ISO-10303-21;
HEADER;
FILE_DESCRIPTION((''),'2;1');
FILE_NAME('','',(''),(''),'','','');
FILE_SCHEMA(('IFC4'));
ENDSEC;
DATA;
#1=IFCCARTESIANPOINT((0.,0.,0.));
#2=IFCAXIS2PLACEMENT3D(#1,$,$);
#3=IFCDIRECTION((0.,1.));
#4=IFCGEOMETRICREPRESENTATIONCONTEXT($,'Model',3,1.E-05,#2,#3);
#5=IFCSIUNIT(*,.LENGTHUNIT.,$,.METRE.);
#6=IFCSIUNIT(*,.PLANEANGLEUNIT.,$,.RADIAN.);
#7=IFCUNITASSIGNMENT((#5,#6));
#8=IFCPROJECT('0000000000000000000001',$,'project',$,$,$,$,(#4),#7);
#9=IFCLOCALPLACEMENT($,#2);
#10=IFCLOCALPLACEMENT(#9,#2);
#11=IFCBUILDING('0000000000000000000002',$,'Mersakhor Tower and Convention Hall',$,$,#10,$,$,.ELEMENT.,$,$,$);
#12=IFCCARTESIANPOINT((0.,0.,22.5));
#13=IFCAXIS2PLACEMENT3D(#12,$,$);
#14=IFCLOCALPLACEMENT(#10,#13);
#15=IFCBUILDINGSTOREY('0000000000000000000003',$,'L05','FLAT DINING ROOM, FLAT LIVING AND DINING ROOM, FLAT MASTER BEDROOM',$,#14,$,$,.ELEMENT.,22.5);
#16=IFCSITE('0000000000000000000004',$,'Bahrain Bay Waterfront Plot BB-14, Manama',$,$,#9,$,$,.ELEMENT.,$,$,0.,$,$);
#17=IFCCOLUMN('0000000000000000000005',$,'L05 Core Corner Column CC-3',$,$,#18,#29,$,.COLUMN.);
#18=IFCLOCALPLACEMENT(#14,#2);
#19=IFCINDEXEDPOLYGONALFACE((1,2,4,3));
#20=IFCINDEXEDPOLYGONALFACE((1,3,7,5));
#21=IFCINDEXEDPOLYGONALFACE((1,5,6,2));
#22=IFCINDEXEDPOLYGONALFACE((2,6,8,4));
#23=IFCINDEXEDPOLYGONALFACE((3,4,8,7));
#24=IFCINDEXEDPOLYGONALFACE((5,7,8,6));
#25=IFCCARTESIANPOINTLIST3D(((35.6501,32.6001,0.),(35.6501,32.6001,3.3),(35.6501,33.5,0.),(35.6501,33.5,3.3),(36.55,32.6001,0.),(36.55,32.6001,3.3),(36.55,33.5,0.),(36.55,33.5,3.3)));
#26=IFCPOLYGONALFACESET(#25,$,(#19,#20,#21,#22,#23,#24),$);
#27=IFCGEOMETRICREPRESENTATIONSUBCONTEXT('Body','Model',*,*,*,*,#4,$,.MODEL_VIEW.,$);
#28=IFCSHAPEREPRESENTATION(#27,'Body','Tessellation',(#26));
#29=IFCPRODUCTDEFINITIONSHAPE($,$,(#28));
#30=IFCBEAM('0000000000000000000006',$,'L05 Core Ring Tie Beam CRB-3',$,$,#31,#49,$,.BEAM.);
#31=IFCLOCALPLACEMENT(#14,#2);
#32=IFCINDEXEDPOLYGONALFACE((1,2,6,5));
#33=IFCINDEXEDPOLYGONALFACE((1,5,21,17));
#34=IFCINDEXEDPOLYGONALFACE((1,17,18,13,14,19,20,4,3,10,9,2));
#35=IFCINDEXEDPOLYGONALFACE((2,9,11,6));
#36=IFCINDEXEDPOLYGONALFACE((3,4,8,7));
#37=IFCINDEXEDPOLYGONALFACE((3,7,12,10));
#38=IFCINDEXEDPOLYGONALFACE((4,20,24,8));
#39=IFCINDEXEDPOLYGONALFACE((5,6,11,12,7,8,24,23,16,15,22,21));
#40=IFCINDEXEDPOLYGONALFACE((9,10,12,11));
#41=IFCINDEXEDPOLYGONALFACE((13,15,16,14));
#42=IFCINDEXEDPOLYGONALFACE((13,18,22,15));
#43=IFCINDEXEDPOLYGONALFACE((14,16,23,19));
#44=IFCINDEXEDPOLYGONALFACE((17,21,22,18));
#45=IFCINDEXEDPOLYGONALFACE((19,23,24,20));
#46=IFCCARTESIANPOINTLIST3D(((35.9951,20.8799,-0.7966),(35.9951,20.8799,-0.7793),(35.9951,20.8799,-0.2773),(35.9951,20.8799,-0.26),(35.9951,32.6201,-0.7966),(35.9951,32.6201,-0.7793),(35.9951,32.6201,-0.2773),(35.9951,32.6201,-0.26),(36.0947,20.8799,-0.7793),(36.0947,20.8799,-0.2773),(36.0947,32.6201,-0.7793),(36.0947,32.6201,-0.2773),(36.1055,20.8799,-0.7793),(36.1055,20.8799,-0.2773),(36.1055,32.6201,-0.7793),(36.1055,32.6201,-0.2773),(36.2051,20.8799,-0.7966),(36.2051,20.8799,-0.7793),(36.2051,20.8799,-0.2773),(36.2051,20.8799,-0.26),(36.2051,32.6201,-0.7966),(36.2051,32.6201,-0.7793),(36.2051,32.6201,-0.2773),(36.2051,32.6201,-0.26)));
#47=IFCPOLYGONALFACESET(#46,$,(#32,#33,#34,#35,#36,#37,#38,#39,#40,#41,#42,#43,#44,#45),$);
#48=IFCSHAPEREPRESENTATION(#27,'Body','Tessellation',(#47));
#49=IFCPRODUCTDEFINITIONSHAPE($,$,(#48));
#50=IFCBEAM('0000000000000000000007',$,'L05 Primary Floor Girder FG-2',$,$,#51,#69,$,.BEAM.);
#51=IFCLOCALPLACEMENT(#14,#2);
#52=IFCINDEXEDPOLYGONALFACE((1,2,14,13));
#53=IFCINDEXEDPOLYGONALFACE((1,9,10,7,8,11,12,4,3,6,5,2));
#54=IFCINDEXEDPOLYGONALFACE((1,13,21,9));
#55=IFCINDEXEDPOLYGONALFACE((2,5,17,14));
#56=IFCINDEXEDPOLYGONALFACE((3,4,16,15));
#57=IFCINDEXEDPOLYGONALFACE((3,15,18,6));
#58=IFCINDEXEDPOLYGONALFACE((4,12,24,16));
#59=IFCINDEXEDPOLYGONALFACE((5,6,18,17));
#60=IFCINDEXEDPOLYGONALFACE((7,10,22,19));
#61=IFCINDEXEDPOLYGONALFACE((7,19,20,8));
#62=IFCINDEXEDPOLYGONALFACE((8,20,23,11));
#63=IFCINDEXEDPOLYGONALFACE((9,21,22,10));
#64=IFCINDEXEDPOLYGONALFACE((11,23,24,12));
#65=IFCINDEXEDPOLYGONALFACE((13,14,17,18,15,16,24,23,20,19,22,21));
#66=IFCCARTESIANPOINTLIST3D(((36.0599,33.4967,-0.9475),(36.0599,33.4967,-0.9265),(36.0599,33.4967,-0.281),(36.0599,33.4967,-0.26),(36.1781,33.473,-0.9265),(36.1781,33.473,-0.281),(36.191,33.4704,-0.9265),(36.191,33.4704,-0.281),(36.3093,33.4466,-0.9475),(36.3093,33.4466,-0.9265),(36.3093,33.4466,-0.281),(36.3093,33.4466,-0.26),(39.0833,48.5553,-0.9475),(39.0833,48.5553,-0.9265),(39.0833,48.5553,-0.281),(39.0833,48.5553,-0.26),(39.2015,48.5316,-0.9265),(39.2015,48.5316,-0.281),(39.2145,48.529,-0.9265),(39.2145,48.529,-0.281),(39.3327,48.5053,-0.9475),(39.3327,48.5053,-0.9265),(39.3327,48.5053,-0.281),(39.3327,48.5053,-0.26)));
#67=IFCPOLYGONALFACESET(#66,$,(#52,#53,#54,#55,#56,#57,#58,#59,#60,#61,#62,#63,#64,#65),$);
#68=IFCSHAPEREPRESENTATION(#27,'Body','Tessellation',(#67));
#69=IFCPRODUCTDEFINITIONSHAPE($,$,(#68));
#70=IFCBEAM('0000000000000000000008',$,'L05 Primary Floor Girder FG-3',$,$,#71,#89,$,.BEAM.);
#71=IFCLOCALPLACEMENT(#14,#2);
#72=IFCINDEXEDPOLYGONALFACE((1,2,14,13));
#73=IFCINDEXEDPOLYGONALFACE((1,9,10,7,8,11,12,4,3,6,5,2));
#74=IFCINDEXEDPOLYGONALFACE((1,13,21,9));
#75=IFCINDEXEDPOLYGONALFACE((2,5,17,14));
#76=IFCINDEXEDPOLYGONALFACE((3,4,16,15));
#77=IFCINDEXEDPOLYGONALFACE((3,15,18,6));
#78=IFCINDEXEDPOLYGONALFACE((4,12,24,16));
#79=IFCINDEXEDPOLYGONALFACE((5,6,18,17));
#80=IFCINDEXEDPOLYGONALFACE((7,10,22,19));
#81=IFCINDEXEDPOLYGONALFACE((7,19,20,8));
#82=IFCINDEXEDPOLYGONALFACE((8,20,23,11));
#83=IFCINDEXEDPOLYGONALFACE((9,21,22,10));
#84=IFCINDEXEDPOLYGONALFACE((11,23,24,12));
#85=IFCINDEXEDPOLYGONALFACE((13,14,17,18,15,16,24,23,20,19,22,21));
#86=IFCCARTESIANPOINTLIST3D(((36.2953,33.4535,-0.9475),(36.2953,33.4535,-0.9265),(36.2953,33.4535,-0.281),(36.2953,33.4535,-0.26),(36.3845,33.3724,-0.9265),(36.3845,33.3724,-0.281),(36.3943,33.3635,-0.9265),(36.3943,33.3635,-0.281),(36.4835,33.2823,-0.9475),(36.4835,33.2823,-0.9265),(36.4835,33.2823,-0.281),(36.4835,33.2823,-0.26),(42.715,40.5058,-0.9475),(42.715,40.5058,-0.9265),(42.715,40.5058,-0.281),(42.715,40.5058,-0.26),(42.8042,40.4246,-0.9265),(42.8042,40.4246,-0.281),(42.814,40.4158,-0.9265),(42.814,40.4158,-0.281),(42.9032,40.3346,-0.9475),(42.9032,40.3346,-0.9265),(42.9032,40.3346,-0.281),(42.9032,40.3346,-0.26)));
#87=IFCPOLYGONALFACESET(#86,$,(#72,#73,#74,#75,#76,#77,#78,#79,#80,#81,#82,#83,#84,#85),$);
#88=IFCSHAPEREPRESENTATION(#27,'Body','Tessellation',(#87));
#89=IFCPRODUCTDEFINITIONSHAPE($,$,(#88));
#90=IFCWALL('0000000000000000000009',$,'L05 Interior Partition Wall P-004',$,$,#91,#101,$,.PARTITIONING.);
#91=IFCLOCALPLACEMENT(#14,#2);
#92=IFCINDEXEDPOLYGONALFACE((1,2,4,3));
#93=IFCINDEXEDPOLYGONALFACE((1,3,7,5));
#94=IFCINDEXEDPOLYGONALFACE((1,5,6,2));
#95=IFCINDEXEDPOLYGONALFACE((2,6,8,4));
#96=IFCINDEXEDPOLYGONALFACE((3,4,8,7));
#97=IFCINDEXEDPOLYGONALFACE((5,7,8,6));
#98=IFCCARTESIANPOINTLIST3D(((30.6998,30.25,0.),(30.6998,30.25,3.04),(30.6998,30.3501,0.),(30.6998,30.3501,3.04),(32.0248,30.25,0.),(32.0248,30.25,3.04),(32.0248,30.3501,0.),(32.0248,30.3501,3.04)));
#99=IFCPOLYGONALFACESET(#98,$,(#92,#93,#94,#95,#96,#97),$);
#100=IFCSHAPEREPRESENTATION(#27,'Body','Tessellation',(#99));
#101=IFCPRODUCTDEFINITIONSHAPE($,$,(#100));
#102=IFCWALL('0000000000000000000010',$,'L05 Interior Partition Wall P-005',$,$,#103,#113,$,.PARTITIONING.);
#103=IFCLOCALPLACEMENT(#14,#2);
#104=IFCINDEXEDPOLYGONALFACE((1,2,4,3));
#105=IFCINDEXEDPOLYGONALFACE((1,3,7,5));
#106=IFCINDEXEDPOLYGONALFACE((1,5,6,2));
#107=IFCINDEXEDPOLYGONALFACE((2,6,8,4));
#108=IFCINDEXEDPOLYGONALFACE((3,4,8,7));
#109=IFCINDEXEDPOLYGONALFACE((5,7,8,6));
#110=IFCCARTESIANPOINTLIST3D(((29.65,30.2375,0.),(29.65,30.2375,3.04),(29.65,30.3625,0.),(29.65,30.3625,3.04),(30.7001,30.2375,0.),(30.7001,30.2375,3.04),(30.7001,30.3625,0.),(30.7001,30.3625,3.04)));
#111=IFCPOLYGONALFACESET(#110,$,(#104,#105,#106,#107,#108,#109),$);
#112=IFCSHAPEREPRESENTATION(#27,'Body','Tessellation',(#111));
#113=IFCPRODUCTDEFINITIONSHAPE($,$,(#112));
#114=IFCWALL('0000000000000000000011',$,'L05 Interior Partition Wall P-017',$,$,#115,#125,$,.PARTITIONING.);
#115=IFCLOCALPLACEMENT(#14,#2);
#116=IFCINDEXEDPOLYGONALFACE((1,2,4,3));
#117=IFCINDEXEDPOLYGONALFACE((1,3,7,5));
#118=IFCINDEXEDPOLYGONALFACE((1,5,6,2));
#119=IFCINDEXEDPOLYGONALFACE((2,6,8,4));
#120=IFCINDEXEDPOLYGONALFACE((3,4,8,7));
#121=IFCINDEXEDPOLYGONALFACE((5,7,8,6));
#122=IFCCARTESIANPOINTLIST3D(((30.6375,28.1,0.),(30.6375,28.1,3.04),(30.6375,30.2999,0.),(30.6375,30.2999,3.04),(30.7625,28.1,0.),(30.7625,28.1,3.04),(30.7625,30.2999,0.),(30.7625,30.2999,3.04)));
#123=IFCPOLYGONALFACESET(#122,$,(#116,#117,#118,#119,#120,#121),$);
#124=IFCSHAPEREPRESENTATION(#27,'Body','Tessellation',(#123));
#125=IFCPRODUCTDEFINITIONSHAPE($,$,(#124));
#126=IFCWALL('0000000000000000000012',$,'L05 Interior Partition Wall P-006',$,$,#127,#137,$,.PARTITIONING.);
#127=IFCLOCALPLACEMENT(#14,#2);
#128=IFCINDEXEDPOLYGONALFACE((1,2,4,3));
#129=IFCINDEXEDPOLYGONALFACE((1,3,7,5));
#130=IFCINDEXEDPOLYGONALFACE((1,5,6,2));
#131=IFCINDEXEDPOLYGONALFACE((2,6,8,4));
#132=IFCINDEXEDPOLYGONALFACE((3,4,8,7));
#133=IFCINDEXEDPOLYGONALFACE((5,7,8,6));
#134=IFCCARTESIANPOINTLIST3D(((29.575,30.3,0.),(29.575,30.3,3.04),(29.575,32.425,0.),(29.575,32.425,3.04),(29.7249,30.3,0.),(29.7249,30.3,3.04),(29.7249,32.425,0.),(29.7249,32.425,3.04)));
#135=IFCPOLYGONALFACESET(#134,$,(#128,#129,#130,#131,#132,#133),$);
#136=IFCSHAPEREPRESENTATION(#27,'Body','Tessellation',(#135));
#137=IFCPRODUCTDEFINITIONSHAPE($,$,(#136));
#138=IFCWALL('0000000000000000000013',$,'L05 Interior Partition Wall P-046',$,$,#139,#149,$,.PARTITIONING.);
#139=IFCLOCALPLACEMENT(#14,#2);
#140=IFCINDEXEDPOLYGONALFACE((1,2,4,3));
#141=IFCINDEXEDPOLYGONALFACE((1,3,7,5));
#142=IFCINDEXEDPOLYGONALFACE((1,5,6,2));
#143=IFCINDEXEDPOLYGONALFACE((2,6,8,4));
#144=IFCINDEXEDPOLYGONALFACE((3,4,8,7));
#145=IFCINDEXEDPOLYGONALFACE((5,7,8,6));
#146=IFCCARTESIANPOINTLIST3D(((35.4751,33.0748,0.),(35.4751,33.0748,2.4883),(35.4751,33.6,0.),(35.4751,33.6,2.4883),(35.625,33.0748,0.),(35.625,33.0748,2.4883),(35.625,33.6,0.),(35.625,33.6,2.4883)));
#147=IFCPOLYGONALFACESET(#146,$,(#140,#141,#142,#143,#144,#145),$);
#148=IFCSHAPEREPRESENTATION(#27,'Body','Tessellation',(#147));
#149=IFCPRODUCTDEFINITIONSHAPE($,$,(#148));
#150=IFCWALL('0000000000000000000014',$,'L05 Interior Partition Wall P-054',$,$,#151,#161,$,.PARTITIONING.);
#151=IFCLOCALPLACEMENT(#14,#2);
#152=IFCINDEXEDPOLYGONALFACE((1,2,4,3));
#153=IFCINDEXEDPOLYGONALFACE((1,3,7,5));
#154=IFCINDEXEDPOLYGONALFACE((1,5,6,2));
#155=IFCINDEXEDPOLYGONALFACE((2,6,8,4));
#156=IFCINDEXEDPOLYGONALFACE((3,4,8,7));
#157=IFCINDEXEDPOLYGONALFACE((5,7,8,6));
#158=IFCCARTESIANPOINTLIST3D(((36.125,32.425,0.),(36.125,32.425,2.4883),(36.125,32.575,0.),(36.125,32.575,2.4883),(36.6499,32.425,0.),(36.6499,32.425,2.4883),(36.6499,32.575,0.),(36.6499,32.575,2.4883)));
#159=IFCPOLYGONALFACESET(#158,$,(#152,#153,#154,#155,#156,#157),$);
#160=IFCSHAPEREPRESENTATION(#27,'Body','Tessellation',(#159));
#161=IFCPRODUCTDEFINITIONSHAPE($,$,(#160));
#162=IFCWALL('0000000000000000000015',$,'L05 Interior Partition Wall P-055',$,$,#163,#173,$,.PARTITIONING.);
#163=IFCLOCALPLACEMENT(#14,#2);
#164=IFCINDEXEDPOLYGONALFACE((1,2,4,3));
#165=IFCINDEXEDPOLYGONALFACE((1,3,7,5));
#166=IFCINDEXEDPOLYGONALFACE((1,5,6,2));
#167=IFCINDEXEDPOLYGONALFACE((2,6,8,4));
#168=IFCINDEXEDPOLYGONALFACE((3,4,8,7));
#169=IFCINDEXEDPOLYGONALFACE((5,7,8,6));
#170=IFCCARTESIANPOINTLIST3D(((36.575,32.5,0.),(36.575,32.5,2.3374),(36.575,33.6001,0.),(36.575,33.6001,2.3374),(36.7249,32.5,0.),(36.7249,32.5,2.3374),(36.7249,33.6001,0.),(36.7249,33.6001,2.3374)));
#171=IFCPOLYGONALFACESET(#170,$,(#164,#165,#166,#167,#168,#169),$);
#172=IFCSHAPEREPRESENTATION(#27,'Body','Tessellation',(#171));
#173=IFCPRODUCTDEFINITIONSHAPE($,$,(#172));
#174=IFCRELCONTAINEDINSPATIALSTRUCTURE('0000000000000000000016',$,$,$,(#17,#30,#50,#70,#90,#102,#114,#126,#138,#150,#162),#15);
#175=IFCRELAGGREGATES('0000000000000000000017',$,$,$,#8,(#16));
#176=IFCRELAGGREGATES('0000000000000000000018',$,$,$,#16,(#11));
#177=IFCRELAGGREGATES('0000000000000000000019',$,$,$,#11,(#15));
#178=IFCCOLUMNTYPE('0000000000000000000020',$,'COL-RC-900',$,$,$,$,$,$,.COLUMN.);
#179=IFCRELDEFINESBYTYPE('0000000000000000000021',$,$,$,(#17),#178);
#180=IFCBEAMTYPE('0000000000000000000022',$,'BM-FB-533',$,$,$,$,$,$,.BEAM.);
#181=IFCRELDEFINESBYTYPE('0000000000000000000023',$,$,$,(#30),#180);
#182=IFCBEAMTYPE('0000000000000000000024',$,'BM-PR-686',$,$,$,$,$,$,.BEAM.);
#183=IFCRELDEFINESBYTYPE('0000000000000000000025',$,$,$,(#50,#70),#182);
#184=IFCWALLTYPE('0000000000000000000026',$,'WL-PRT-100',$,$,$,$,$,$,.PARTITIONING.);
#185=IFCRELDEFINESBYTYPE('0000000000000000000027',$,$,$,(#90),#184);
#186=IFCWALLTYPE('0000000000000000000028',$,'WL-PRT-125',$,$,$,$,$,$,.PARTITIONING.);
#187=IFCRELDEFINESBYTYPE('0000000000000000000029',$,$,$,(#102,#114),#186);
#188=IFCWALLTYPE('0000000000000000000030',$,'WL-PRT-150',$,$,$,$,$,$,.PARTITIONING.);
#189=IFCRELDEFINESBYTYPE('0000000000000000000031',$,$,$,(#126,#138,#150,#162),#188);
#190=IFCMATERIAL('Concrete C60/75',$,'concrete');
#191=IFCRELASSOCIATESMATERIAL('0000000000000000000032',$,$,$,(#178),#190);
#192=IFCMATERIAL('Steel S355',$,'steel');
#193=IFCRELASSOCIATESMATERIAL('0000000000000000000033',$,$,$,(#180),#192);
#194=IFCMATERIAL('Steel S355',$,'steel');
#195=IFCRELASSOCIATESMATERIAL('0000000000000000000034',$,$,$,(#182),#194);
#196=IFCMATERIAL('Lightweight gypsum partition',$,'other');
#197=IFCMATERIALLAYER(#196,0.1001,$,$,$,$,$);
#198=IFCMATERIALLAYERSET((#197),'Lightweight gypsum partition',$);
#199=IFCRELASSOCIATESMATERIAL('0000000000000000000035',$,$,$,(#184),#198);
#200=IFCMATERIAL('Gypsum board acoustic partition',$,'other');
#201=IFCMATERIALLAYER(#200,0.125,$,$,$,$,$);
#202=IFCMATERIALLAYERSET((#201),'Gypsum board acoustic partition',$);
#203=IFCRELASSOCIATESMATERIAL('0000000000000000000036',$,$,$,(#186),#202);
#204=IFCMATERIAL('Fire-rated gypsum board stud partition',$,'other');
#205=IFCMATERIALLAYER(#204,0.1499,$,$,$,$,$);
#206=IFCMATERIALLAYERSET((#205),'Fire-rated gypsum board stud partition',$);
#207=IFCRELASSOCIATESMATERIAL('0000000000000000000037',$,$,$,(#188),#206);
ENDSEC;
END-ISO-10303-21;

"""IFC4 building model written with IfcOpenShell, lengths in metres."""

from ifc_helpers import new_model, si_unit, direction, frame, frame_2d, origin, origin_2d, place, context, subcontext, project, spatial, rectangle, i_section, extrude, material, layer, layer_set, material_profile, profile_set, type_object, element, save


model = new_model("IFC4")

# Units and contexts
model_context = context("Model", 3, precision=1e-05, world=origin(), true_north=direction((0.0, 1.0)))
body_context = subcontext(model_context, "Body", "Model", "MODEL_VIEW")
ifc_project = project(units=[si_unit("LENGTHUNIT", "METRE"), si_unit("PLANEANGLEUNIT", "RADIAN")], contexts=[model_context])

# Site, building, storey
site_placement = place(None, origin())
site = spatial("IfcSite", under=ifc_project, at=site_placement, Name="Bahrain Bay Waterfront Plot BB-14, Manama", CompositionType="ELEMENT", RefElevation=0.0)
building_placement = place(site_placement, origin())
building = spatial("IfcBuilding", under=site, at=building_placement, Name="Mersakhor Tower and Convention Hall", CompositionType="ELEMENT")
storey_placement = place(building_placement, frame((0.0, 0.0, 22.5)))
storey = spatial("IfcBuildingStorey", under=building, at=storey_placement, Name="L05", Description="FLAT DINING ROOM, FLAT LIVING AND DINING ROOM, FLAT MASTER BEDROOM", CompositionType="ELEMENT", Elevation=22.5)

# Column
ifc_material_1 = material(Name="Concrete C60/75", Category="concrete")
ifc_material_profile_1 = material_profile(ifc_material_1, rectangle(XDim=0.8999, YDim=0.8999, at=origin_2d()), Name="RC 900x900")
ifc_profile_set_1 = profile_set([ifc_material_profile_1], Name="Concrete C60/75")
column_type = type_object("IfcColumnType", Name="COL-RC-900", PredefinedType="COLUMN", material=ifc_profile_set_1)
column_placement = place(storey_placement, frame((36.1001, 33.05, 0.0), z_axis=(0.0, 0.0, 1.0), x_axis=(1.0, 0.0, 0.0)))
element("IfcColumn", 1, at=column_placement, inside=storey, type_object=column_type, Name="L05 Core Corner Column CC-3", PredefinedType="COLUMN", context=body_context, shape_type="SweptSolid", body=[
    extrude(rectangle(XDim=0.8999, YDim=0.8999, at=origin_2d()), origin(), (0.0, 0.0, 1.0), 3.3),
])

# Beams
ifc_material_2 = material(Name="Steel S355", Category="steel")
ifc_material_profile_2 = material_profile(ifc_material_2, i_section(OverallWidth=0.21, OverallDepth=0.5366, WebThickness=0.0107, FlangeThickness=0.0173, at=origin_2d()), Name="UB 533x210x101")
ifc_profile_set_2 = profile_set([ifc_material_profile_2], Name="Steel S355")
beam_type_1 = type_object("IfcBeamType", Name="BM-FB-533", PredefinedType="BEAM", material=ifc_profile_set_2)
beam_1_placement = place(storey_placement, frame((36.1001, 32.6201, -0.5283), z_axis=(0.0, -1.0, 0.0), x_axis=(1.0, 0.0, 0.0)))
element("IfcBeam", 2, at=beam_1_placement, inside=storey, type_object=beam_type_1, Name="L05 Core Ring Tie Beam CRB-3", PredefinedType="BEAM", context=body_context, shape_type="SweptSolid", body=[
    extrude(i_section(OverallWidth=0.21, OverallDepth=0.5366, WebThickness=0.0107, FlangeThickness=0.0173, at=origin_2d()), origin(), (0.0, 0.0, 1.0), 11.7402),
])
ifc_material_3 = material(Name="Steel S355", Category="steel")
ifc_material_profile_3 = material_profile(ifc_material_3, i_section(OverallWidth=0.2544, OverallDepth=0.6875, WebThickness=0.0132, FlangeThickness=0.021, at=origin_2d()), Name="UB 686x254x152")
ifc_profile_set_3 = profile_set([ifc_material_profile_3], Name="Steel S355")
beam_type_2 = type_object("IfcBeamType", Name="BM-PR-686", PredefinedType="BEAM", material=ifc_profile_set_3)
beam_2_placement = place(storey_placement, frame((36.1846, 33.4717, -0.6038), z_axis=(0.19685, 0.980434, 0.0), x_axis=(-0.980434, 0.19685, 0.0)))
element("IfcBeam", 3, at=beam_2_placement, inside=storey, type_object=beam_type_2, Name="L05 Primary Floor Girder FG-2", PredefinedType="BEAM", context=body_context, shape_type="SweptSolid", body=[
    extrude(i_section(OverallWidth=0.2544, OverallDepth=0.6875, WebThickness=0.0132, FlangeThickness=0.021, at=origin_2d()), origin(), (0.0, 0.0, 1.0), 15.3591),
])
beam_3_placement = place(storey_placement, frame((36.3894, 33.3679, -0.6038), z_axis=(0.673163, 0.739494, 0.0), x_axis=(-0.739494, 0.673163, 0.0)))
element("IfcBeam", 4, at=beam_3_placement, inside=storey, type_object=beam_type_2, Name="L05 Primary Floor Girder FG-3", PredefinedType="BEAM", context=body_context, shape_type="SweptSolid", body=[
    extrude(i_section(OverallWidth=0.2544, OverallDepth=0.6875, WebThickness=0.0132, FlangeThickness=0.021, at=origin_2d()), origin(), (0.0, 0.0, 1.0), 9.5366),
])

# Walls
ifc_material_4 = material(Name="Lightweight gypsum partition", Category="other")
ifc_layer_1 = layer(ifc_material_4, 0.1001)
ifc_layer_set_1 = layer_set([ifc_layer_1], Name="Lightweight gypsum partition")
wall_type_1 = type_object("IfcWallType", Name="WL-PRT-100", PredefinedType="PARTITIONING", material=ifc_layer_set_1)
wall_1_placement = place(storey_placement, frame((32.0249, 30.3, 0.0), z_axis=(0.0, 0.0, 1.0), x_axis=(-1.0, 0.0, 0.0)))
element("IfcWall", 5, at=wall_1_placement, inside=storey, type_object=wall_type_1, Name="L05 Interior Partition Wall P-004", PredefinedType="PARTITIONING", context=body_context, shape_type="SweptSolid", body=[
    extrude(rectangle(XDim=1.325, YDim=0.1001, at=frame_2d((0.6626, 0.0))), origin(), (0.0, 0.0, 1.0), 3.04),
])
ifc_material_5 = material(Name="Gypsum board acoustic partition", Category="other")
ifc_layer_2 = layer(ifc_material_5, 0.125)
ifc_layer_set_2 = layer_set([ifc_layer_2], Name="Gypsum board acoustic partition")
wall_type_2 = type_object("IfcWallType", Name="WL-PRT-125", PredefinedType="PARTITIONING", material=ifc_layer_set_2)
wall_2_placement = place(storey_placement, frame((30.7, 30.3, 0.0), z_axis=(0.0, 0.0, 1.0), x_axis=(-1.0, 0.0, 0.0)))
element("IfcWall", 6, at=wall_2_placement, inside=storey, type_object=wall_type_2, Name="L05 Interior Partition Wall P-005", PredefinedType="PARTITIONING", context=body_context, shape_type="SweptSolid", body=[
    extrude(rectangle(XDim=1.05, YDim=0.125, at=frame_2d((0.5249, 0.0))), origin(), (0.0, 0.0, 1.0), 3.04),
])
wall_3_placement = place(storey_placement, frame((30.7, 30.3, 0.0), z_axis=(0.0, 0.0, 1.0), x_axis=(0.0, -1.0, 0.0)))
element("IfcWall", 7, at=wall_3_placement, inside=storey, type_object=wall_type_2, Name="L05 Interior Partition Wall P-017", PredefinedType="PARTITIONING", context=body_context, shape_type="SweptSolid", body=[
    extrude(rectangle(XDim=2.2, YDim=0.125, at=frame_2d((1.1001, 0.0))), origin(), (0.0, 0.0, 1.0), 3.04),
])
ifc_material_6 = material(Name="Fire-rated gypsum board stud partition", Category="other")
ifc_layer_3 = layer(ifc_material_6, 0.1499)
ifc_layer_set_3 = layer_set([ifc_layer_3], Name="Fire-rated gypsum board stud partition")
wall_type_3 = type_object("IfcWallType", Name="WL-PRT-150", PredefinedType="PARTITIONING", material=ifc_layer_set_3)
wall_4_placement = place(storey_placement, frame((29.6499, 30.3, 0.0), z_axis=(0.0, 0.0, 1.0), x_axis=(0.0, 1.0, 0.0)))
element("IfcWall", 8, at=wall_4_placement, inside=storey, type_object=wall_type_3, Name="L05 Interior Partition Wall P-006", PredefinedType="PARTITIONING", context=body_context, shape_type="SweptSolid", body=[
    extrude(rectangle(XDim=2.125, YDim=0.1499, at=frame_2d((1.0625, 0.0))), origin(), (0.0, 0.0, 1.0), 3.04),
])
wall_5_placement = place(storey_placement, frame((35.55, 33.6001, 0.0), z_axis=(0.0, 0.0, 1.0), x_axis=(0.0, -1.0, 0.0)))
element("IfcWall", 9, at=wall_5_placement, inside=storey, type_object=wall_type_3, Name="L05 Interior Partition Wall P-046", PredefinedType="PARTITIONING", context=body_context, shape_type="SweptSolid", body=[
    extrude(rectangle(XDim=0.5251, YDim=0.1499, at=frame_2d((0.2627, 0.0))), origin(), (0.0, 0.0, 1.0), 2.4883),
])
wall_6_placement = place(storey_placement, frame((36.125, 32.5, 0.0), z_axis=(0.0, 0.0, 1.0), x_axis=(1.0, 0.0, 0.0)))
element("IfcWall", 10, at=wall_6_placement, inside=storey, type_object=wall_type_3, Name="L05 Interior Partition Wall P-054", PredefinedType="PARTITIONING", context=body_context, shape_type="SweptSolid", body=[
    extrude(rectangle(XDim=0.5249, YDim=0.1499, at=frame_2d((0.2625, 0.0))), origin(), (0.0, 0.0, 1.0), 2.4883),
])
wall_7_placement = place(storey_placement, frame((36.6499, 32.5, 0.0), z_axis=(0.0, 0.0, 1.0), x_axis=(0.0, 1.0, 0.0)))
element("IfcWall", 11, at=wall_7_placement, inside=storey, type_object=wall_type_3, Name="L05 Interior Partition Wall P-055", PredefinedType="PARTITIONING", context=body_context, shape_type="SweptSolid", body=[
    extrude(rectangle(XDim=1.1001, YDim=0.1499, at=frame_2d((0.55, 0.0))), origin(), (0.0, 0.0, 1.0), 2.3374),
])

save(model, "model.ifc")
